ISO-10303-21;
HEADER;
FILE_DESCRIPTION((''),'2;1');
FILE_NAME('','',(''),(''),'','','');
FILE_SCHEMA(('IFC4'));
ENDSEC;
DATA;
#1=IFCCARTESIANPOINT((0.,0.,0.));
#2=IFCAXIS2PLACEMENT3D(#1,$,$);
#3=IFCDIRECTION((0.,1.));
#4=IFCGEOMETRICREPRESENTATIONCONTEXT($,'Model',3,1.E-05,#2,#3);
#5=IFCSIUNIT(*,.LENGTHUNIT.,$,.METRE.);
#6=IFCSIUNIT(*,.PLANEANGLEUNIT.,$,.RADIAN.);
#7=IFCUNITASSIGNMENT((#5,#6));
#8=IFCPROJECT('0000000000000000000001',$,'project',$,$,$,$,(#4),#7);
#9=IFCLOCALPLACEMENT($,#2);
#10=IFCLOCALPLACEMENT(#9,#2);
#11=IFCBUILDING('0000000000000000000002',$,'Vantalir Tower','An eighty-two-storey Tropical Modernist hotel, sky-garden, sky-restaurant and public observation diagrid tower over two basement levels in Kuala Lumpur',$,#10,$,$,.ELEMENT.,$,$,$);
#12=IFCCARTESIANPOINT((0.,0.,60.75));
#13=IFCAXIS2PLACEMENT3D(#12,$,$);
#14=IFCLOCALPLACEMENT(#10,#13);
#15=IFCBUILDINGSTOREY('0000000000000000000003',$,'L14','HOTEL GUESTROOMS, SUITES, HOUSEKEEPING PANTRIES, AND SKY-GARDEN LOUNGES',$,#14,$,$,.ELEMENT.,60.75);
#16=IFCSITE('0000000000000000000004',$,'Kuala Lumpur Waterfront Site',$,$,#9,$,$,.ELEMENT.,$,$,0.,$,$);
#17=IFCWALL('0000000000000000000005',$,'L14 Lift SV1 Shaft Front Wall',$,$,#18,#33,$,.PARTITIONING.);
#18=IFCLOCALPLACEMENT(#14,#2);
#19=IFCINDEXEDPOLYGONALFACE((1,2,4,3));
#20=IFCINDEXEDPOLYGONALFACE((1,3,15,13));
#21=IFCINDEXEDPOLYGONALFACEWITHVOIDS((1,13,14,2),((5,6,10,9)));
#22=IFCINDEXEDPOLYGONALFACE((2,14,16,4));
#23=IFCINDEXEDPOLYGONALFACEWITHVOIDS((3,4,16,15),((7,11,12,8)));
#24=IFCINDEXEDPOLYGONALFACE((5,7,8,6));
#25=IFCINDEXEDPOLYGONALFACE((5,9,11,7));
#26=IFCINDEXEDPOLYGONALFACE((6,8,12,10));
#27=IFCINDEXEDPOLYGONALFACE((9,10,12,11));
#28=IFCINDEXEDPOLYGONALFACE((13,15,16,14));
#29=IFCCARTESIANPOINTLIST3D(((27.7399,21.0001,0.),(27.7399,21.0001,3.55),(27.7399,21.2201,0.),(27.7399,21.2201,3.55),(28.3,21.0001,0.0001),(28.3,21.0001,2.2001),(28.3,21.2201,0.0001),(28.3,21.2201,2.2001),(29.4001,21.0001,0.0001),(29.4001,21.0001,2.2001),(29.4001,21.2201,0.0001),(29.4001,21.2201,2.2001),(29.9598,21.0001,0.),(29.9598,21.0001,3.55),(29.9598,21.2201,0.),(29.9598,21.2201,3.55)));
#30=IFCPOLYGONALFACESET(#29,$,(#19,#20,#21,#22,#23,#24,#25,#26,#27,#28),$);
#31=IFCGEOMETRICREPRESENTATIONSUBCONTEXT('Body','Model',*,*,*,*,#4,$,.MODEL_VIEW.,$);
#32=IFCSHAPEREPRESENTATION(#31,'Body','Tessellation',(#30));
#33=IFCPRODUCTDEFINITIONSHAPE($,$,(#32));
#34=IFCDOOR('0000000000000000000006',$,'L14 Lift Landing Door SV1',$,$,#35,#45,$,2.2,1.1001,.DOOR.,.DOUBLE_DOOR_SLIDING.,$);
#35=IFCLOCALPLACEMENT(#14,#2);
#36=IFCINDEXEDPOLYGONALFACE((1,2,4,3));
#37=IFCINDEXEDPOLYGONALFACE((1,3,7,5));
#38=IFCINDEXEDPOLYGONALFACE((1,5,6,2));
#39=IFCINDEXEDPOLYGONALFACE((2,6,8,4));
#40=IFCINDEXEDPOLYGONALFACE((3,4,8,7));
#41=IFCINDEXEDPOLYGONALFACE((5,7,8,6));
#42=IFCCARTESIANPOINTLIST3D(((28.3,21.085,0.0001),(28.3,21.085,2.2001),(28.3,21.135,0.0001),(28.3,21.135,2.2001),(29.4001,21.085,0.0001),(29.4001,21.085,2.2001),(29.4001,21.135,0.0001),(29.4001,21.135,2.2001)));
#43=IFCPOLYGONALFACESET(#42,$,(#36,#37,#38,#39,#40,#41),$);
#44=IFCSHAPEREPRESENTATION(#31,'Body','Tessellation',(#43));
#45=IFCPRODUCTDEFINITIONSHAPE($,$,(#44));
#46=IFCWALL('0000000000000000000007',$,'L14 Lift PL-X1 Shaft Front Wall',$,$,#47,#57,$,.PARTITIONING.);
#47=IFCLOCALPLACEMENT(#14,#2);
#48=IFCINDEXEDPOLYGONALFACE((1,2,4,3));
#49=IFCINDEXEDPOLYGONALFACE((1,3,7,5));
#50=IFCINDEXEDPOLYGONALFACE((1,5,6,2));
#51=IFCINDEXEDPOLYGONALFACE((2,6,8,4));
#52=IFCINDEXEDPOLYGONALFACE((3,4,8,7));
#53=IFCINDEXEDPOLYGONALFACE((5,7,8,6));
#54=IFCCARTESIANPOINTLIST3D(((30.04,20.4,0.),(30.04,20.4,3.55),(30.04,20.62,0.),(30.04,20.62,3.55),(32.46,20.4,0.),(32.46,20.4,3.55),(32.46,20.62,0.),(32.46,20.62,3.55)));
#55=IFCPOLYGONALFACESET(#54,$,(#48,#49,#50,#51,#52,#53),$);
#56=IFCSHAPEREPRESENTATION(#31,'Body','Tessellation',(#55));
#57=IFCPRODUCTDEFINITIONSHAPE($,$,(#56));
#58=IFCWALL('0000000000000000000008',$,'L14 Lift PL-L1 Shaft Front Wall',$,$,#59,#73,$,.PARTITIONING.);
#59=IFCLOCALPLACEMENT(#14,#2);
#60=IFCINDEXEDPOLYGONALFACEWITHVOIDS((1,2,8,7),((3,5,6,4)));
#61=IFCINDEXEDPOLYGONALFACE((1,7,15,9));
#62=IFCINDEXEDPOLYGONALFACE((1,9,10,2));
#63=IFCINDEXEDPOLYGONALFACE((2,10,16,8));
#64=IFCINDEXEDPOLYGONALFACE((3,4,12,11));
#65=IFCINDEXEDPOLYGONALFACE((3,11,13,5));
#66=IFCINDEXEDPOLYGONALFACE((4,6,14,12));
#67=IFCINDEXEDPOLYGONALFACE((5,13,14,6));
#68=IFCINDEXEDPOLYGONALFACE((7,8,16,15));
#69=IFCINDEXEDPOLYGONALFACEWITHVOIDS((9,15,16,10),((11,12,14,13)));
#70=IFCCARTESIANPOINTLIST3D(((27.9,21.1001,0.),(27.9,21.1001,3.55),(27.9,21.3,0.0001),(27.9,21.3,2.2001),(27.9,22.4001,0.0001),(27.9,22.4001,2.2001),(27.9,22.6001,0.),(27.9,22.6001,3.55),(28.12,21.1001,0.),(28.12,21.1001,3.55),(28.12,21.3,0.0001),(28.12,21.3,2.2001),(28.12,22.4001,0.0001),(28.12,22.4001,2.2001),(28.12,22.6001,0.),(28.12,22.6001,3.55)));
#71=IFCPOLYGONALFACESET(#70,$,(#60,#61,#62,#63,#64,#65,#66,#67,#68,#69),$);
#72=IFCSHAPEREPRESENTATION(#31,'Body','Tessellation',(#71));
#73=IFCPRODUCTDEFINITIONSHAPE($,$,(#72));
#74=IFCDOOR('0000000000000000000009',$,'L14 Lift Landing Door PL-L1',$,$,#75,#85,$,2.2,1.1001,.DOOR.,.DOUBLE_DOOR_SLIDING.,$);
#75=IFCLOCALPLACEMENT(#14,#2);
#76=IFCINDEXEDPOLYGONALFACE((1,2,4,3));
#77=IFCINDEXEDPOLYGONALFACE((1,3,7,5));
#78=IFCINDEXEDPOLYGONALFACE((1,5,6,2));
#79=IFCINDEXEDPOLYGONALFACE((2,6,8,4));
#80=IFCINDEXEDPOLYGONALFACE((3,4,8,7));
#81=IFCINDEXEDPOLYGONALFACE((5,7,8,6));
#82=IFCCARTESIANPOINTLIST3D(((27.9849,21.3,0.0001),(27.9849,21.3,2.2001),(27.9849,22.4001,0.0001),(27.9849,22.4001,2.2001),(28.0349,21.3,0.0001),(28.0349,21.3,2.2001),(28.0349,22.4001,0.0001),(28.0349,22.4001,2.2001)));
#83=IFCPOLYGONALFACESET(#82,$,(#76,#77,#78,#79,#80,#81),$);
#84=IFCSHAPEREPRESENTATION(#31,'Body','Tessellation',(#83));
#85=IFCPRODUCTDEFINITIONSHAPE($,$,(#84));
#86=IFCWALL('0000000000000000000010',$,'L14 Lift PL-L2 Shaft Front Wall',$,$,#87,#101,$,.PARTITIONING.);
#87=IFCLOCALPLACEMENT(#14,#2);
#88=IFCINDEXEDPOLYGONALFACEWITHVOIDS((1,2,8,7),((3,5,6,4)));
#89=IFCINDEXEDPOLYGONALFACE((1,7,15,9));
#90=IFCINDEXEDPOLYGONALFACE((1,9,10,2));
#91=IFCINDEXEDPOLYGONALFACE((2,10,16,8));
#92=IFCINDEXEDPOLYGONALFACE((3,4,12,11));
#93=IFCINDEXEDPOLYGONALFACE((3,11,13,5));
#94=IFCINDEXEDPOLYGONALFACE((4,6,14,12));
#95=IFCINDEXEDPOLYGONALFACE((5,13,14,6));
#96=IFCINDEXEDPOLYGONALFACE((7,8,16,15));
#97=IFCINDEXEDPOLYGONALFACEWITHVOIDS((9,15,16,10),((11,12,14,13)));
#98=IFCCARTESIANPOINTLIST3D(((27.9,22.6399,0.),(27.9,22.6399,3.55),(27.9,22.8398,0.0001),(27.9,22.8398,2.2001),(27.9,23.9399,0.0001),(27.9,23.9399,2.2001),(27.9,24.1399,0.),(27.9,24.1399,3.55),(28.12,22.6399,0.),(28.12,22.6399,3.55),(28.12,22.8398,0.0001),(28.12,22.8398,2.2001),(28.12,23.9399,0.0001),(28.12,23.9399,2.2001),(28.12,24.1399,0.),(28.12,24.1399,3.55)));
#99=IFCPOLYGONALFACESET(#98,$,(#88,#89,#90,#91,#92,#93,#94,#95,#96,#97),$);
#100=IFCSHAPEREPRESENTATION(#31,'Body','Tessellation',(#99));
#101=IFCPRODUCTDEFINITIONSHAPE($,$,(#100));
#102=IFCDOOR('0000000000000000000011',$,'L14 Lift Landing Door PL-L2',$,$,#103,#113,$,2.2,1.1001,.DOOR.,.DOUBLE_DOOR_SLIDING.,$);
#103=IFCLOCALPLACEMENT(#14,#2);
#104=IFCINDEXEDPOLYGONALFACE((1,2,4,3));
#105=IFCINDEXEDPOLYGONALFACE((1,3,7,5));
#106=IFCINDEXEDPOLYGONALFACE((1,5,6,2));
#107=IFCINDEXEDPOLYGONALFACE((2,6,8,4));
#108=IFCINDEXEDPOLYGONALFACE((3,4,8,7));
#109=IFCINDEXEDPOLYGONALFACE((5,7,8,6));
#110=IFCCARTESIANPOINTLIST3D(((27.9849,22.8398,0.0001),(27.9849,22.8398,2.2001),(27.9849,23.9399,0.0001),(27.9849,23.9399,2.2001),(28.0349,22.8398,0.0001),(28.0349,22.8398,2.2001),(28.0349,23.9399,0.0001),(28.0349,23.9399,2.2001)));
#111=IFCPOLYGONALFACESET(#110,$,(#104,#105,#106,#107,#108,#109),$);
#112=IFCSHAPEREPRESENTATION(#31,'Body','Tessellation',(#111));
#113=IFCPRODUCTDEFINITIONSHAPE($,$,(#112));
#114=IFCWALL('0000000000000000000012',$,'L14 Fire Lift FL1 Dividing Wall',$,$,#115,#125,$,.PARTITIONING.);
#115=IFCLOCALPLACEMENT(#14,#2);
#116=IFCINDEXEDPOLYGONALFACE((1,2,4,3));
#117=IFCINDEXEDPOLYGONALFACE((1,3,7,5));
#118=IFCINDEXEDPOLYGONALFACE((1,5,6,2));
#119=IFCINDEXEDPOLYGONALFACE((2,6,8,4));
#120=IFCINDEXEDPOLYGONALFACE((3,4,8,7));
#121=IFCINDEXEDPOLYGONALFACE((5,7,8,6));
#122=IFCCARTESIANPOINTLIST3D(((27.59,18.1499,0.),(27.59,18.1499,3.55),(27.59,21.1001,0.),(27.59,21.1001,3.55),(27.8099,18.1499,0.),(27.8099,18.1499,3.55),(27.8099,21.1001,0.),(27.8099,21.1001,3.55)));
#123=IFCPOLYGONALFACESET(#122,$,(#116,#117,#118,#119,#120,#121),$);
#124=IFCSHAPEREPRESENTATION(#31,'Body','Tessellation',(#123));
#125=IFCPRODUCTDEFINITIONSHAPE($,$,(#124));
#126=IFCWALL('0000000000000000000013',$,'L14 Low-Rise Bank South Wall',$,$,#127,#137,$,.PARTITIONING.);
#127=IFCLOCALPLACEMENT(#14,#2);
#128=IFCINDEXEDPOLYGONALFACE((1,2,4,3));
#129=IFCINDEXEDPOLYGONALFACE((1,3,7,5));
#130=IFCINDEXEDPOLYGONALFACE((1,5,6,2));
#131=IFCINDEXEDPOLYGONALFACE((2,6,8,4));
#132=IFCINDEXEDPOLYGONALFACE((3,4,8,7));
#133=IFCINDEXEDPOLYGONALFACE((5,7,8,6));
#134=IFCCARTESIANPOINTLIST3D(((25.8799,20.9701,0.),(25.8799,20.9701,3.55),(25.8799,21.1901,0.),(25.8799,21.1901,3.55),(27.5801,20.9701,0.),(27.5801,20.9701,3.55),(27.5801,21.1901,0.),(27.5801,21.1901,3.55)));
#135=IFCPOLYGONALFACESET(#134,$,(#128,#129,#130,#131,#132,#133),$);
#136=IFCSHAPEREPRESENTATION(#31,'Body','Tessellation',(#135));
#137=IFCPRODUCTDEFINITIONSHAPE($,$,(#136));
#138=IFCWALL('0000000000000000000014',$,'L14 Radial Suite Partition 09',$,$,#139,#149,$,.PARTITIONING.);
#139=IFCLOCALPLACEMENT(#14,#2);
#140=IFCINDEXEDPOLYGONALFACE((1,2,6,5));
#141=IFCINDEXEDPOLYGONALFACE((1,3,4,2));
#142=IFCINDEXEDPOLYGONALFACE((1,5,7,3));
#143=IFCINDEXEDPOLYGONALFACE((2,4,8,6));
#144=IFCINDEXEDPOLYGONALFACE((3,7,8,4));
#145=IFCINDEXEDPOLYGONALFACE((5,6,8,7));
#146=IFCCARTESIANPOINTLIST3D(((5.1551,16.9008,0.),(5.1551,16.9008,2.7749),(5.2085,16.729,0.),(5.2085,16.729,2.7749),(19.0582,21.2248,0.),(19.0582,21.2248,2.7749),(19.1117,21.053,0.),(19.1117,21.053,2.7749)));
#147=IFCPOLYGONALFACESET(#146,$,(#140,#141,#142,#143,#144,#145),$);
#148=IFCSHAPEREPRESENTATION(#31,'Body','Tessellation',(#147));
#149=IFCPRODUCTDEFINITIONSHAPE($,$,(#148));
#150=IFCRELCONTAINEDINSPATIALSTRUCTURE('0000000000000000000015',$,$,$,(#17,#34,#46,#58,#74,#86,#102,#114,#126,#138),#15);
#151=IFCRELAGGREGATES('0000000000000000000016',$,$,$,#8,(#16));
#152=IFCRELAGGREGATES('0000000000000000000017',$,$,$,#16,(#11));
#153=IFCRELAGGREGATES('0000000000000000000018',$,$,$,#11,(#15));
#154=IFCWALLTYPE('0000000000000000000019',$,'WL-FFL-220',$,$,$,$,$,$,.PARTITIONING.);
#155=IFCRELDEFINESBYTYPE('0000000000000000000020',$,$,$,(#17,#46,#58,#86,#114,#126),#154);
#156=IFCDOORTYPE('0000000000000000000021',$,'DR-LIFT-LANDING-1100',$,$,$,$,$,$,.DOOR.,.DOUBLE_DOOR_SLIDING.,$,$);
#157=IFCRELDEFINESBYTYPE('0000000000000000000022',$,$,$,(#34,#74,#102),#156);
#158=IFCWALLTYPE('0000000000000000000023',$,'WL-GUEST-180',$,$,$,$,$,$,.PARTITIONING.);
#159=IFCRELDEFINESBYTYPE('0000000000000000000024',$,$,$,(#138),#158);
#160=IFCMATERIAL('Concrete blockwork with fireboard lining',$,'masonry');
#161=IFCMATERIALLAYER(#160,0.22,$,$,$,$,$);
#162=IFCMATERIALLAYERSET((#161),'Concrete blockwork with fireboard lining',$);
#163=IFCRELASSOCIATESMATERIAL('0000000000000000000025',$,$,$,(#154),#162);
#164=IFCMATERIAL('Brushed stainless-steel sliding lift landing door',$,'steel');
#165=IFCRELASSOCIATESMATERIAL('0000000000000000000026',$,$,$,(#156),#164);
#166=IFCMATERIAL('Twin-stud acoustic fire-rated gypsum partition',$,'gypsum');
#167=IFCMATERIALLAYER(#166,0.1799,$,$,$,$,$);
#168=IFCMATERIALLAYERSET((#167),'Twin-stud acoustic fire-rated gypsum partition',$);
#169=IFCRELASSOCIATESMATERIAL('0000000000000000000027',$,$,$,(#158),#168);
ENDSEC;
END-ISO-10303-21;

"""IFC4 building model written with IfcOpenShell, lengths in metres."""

from ifc_helpers import new_model, si_unit, direction, frame, frame_2d, origin, place, context, subcontext, project, spatial, rectangle, extrude, material, layer, layer_set, type_object, element, fill, save


model = new_model("IFC4")

# Units and contexts
model_context = context("Model", 3, precision=1e-05, world=origin(), true_north=direction((0.0, 1.0)))
body_context = subcontext(model_context, "Body", "Model", "MODEL_VIEW")
ifc_project = project(units=[si_unit("LENGTHUNIT", "METRE"), si_unit("PLANEANGLEUNIT", "RADIAN")], contexts=[model_context])

# Site, building, storey
site_placement = place(None, origin())
site = spatial("IfcSite", under=ifc_project, at=site_placement, Name="Kuala Lumpur Waterfront Site", CompositionType="ELEMENT", RefElevation=0.0)
building_placement = place(site_placement, origin())
building = spatial("IfcBuilding", under=site, at=building_placement, Name="Vantalir Tower", Description="An eighty-two-storey Tropical Modernist hotel, sky-garden, sky-restaurant and public observation diagrid tower over two basement levels in Kuala Lumpur", CompositionType="ELEMENT")
storey_placement = place(building_placement, frame((0.0, 0.0, 60.75)))
storey = spatial("IfcBuildingStorey", under=building, at=storey_placement, Name="L14", Description="HOTEL GUESTROOMS, SUITES, HOUSEKEEPING PANTRIES, AND SKY-GARDEN LOUNGES", CompositionType="ELEMENT", Elevation=60.75)

# Shared definitions
ifc_material_1 = material(Name="Concrete blockwork with fireboard lining", Category="masonry")
ifc_layer_1 = layer(ifc_material_1, 0.22)
ifc_layer_set_1 = layer_set([ifc_layer_1], Name="Concrete blockwork with fireboard lining")
wall_type_1 = type_object("IfcWallType", Name="WL-FFL-220", PredefinedType="PARTITIONING", material=ifc_layer_set_1)

# Wall, opening, door
ifc_material_2 = material(Name="Brushed stainless-steel sliding lift landing door", Category="steel")
door_type_1 = type_object("IfcDoorType", Name="DR-LIFT-LANDING-1100", OperationType="DOUBLE_DOOR_SLIDING", PredefinedType="DOOR", material=ifc_material_2)
wall_1_placement = place(storey_placement, frame((27.74, 21.1101, 0.0), z_axis=(0.0, 0.0, 1.0), x_axis=(1.0, 0.0, 0.0)))
wall_1 = element("IfcWall", 1, at=wall_1_placement, inside=storey, type_object=wall_type_1, Name="L14 Lift SV1 Shaft Front Wall", PredefinedType="PARTITIONING", context=body_context, shape_type="SweptSolid", body=[
    extrude(rectangle(XDim=2.22, YDim=0.22, at=frame_2d((1.1099, 0.0))), origin(), (0.0, 0.0, 1.0), 3.55),
])
opening_1_placement = place(wall_1_placement, frame((0.5601, 0.0, 0.0)))
opening_1 = element("IfcOpeningElement", 2, at=opening_1_placement, cuts=wall_1, PredefinedType="OPENING", context=body_context, shape_type="SweptSolid", body=[
    extrude(rectangle(XDim=1.1001, YDim=2.2, at=frame_2d((0.55, 1.1001))), frame((0.0, 0.1199, 0.0), z_axis=(0.0, -1.0, 0.0), x_axis=(1.0, 0.0, 0.0)), (0.0, 0.0, 1.0), 0.24),
])
door_1_placement = place(opening_1_placement, origin())
door_1 = element("IfcDoor", 3, at=door_1_placement, inside=storey, type_object=door_type_1, Name="L14 Lift Landing Door SV1", OperationType="DOUBLE_DOOR_SLIDING", OverallHeight=2.2, OverallWidth=1.1001, PredefinedType="DOOR", context=body_context, shape_type="SweptSolid", body=[
    extrude(rectangle(XDim=1.1001, YDim=2.2, at=frame_2d((0.55, 1.1001))), frame((0.0, 0.0249, 0.0), z_axis=(0.0, -1.0, 0.0), x_axis=(1.0, 0.0, 0.0)), (0.0, 0.0, 1.0), 0.05),
])
fill(opening_1, door_1)

# Wall
wall_2_placement = place(storey_placement, frame((30.04, 20.51, 0.0), z_axis=(0.0, 0.0, 1.0), x_axis=(1.0, 0.0, 0.0)))
element("IfcWall", 4, at=wall_2_placement, inside=storey, type_object=wall_type_1, Name="L14 Lift PL-X1 Shaft Front Wall", PredefinedType="PARTITIONING", context=body_context, shape_type="SweptSolid", body=[
    extrude(rectangle(XDim=2.4199, YDim=0.22, at=frame_2d((1.21, 0.0))), origin(), (0.0, 0.0, 1.0), 3.55),
])

# Walls, openings, doors
wall_3_placement = place(storey_placement, frame((28.01, 21.1001, 0.0), z_axis=(0.0, 0.0, 1.0), x_axis=(0.0, 1.0, 0.0)))
wall_3 = element("IfcWall", 5, at=wall_3_placement, inside=storey, type_object=wall_type_1, Name="L14 Lift PL-L1 Shaft Front Wall", PredefinedType="PARTITIONING", context=body_context, shape_type="SweptSolid", body=[
    extrude(rectangle(XDim=1.5, YDim=0.22, at=frame_2d((0.75, 0.0))), origin(), (0.0, 0.0, 1.0), 3.55),
])
opening_2_placement = place(wall_3_placement, frame((0.2, 0.0, 0.0)))
opening_2 = element("IfcOpeningElement", 6, at=opening_2_placement, cuts=wall_3, PredefinedType="OPENING", context=body_context, shape_type="SweptSolid", body=[
    extrude(rectangle(XDim=1.1001, YDim=2.2, at=frame_2d((0.55, 1.1001))), frame((0.0, 0.1199, 0.0), z_axis=(0.0, -1.0, 0.0), x_axis=(1.0, 0.0, 0.0)), (0.0, 0.0, 1.0), 0.24),
])
door_2_placement = place(opening_2_placement, frame((1.1001, 0.0, 0.0), z_axis=(0.0, 0.0, 1.0), x_axis=(-1.0, 0.0, 0.0)))
door_2 = element("IfcDoor", 7, at=door_2_placement, inside=storey, type_object=door_type_1, Name="L14 Lift Landing Door PL-L1", OperationType="DOUBLE_DOOR_SLIDING", OverallHeight=2.2, OverallWidth=1.1001, PredefinedType="DOOR", context=body_context, shape_type="SweptSolid", body=[
    extrude(rectangle(XDim=1.1001, YDim=2.2, at=frame_2d((0.55, 1.1001))), frame((0.0, 0.0249, 0.0), z_axis=(0.0, -1.0, 0.0), x_axis=(1.0, 0.0, 0.0)), (0.0, 0.0, 1.0), 0.05),
])
fill(opening_2, door_2)
wall_4_placement = place(storey_placement, frame((28.01, 22.6399, 0.0), z_axis=(0.0, 0.0, 1.0), x_axis=(0.0, 1.0, 0.0)))
wall_4 = element("IfcWall", 8, at=wall_4_placement, inside=storey, type_object=wall_type_1, Name="L14 Lift PL-L2 Shaft Front Wall", PredefinedType="PARTITIONING", context=body_context, shape_type="SweptSolid", body=[
    extrude(rectangle(XDim=1.5, YDim=0.22, at=frame_2d((0.75, 0.0))), origin(), (0.0, 0.0, 1.0), 3.55),
])
opening_3_placement = place(wall_4_placement, frame((0.2, 0.0, 0.0)))
opening_3 = element("IfcOpeningElement", 9, at=opening_3_placement, cuts=wall_4, PredefinedType="OPENING", context=body_context, shape_type="SweptSolid", body=[
    extrude(rectangle(XDim=1.1001, YDim=2.2, at=frame_2d((0.55, 1.1001))), frame((0.0, 0.1199, 0.0), z_axis=(0.0, -1.0, 0.0), x_axis=(1.0, 0.0, 0.0)), (0.0, 0.0, 1.0), 0.24),
])
door_3_placement = place(opening_3_placement, frame((1.1001, 0.0, 0.0), z_axis=(0.0, 0.0, 1.0), x_axis=(-1.0, 0.0, 0.0)))
door_3 = element("IfcDoor", 10, at=door_3_placement, inside=storey, type_object=door_type_1, Name="L14 Lift Landing Door PL-L2", OperationType="DOUBLE_DOOR_SLIDING", OverallHeight=2.2, OverallWidth=1.1001, PredefinedType="DOOR", context=body_context, shape_type="SweptSolid", body=[
    extrude(rectangle(XDim=1.1001, YDim=2.2, at=frame_2d((0.55, 1.1001))), frame((0.0, 0.0249, 0.0), z_axis=(0.0, -1.0, 0.0), x_axis=(1.0, 0.0, 0.0)), (0.0, 0.0, 1.0), 0.05),
])
fill(opening_3, door_3)

# Walls
wall_5_placement = place(storey_placement, frame((27.7, 18.1499, 0.0), z_axis=(0.0, 0.0, 1.0), x_axis=(0.0, 1.0, 0.0)))
element("IfcWall", 11, at=wall_5_placement, inside=storey, type_object=wall_type_1, Name="L14 Fire Lift FL1 Dividing Wall", PredefinedType="PARTITIONING", context=body_context, shape_type="SweptSolid", body=[
    extrude(rectangle(XDim=2.9502, YDim=0.22, at=frame_2d((1.4751, 0.0))), origin(), (0.0, 0.0, 1.0), 3.55),
])
wall_6_placement = place(storey_placement, frame((25.8799, 21.0801, 0.0), z_axis=(0.0, 0.0, 1.0), x_axis=(1.0, 0.0, 0.0)))
element("IfcWall", 12, at=wall_6_placement, inside=storey, type_object=wall_type_1, Name="L14 Low-Rise Bank South Wall", PredefinedType="PARTITIONING", context=body_context, shape_type="SweptSolid", body=[
    extrude(rectangle(XDim=1.7002, YDim=0.22, at=frame_2d((0.8501, 0.0))), origin(), (0.0, 0.0, 1.0), 3.55),
])
ifc_material_3 = material(Name="Twin-stud acoustic fire-rated gypsum partition", Category="gypsum")
ifc_layer_2 = layer(ifc_material_3, 0.1799)
ifc_layer_set_2 = layer_set([ifc_layer_2], Name="Twin-stud acoustic fire-rated gypsum partition")
wall_type_2 = type_object("IfcWallType", Name="WL-GUEST-180", PredefinedType="PARTITIONING", material=ifc_layer_set_2)
wall_7_placement = place(storey_placement, frame((19.085, 21.1389, 0.0), z_axis=(0.0, 0.0, 1.0), x_axis=(-0.954885, -0.296977, 0.0)))
element("IfcWall", 13, at=wall_7_placement, inside=storey, type_object=wall_type_2, Name="L14 Radial Suite Partition 09", PredefinedType="PARTITIONING", context=body_context, shape_type="SweptSolid", body=[
    extrude(rectangle(XDim=14.5601, YDim=0.1799, at=frame_2d((7.28, 0.0))), origin(), (0.0, 0.0, 1.0), 2.7749),
])

save(model, "model.ifc")
